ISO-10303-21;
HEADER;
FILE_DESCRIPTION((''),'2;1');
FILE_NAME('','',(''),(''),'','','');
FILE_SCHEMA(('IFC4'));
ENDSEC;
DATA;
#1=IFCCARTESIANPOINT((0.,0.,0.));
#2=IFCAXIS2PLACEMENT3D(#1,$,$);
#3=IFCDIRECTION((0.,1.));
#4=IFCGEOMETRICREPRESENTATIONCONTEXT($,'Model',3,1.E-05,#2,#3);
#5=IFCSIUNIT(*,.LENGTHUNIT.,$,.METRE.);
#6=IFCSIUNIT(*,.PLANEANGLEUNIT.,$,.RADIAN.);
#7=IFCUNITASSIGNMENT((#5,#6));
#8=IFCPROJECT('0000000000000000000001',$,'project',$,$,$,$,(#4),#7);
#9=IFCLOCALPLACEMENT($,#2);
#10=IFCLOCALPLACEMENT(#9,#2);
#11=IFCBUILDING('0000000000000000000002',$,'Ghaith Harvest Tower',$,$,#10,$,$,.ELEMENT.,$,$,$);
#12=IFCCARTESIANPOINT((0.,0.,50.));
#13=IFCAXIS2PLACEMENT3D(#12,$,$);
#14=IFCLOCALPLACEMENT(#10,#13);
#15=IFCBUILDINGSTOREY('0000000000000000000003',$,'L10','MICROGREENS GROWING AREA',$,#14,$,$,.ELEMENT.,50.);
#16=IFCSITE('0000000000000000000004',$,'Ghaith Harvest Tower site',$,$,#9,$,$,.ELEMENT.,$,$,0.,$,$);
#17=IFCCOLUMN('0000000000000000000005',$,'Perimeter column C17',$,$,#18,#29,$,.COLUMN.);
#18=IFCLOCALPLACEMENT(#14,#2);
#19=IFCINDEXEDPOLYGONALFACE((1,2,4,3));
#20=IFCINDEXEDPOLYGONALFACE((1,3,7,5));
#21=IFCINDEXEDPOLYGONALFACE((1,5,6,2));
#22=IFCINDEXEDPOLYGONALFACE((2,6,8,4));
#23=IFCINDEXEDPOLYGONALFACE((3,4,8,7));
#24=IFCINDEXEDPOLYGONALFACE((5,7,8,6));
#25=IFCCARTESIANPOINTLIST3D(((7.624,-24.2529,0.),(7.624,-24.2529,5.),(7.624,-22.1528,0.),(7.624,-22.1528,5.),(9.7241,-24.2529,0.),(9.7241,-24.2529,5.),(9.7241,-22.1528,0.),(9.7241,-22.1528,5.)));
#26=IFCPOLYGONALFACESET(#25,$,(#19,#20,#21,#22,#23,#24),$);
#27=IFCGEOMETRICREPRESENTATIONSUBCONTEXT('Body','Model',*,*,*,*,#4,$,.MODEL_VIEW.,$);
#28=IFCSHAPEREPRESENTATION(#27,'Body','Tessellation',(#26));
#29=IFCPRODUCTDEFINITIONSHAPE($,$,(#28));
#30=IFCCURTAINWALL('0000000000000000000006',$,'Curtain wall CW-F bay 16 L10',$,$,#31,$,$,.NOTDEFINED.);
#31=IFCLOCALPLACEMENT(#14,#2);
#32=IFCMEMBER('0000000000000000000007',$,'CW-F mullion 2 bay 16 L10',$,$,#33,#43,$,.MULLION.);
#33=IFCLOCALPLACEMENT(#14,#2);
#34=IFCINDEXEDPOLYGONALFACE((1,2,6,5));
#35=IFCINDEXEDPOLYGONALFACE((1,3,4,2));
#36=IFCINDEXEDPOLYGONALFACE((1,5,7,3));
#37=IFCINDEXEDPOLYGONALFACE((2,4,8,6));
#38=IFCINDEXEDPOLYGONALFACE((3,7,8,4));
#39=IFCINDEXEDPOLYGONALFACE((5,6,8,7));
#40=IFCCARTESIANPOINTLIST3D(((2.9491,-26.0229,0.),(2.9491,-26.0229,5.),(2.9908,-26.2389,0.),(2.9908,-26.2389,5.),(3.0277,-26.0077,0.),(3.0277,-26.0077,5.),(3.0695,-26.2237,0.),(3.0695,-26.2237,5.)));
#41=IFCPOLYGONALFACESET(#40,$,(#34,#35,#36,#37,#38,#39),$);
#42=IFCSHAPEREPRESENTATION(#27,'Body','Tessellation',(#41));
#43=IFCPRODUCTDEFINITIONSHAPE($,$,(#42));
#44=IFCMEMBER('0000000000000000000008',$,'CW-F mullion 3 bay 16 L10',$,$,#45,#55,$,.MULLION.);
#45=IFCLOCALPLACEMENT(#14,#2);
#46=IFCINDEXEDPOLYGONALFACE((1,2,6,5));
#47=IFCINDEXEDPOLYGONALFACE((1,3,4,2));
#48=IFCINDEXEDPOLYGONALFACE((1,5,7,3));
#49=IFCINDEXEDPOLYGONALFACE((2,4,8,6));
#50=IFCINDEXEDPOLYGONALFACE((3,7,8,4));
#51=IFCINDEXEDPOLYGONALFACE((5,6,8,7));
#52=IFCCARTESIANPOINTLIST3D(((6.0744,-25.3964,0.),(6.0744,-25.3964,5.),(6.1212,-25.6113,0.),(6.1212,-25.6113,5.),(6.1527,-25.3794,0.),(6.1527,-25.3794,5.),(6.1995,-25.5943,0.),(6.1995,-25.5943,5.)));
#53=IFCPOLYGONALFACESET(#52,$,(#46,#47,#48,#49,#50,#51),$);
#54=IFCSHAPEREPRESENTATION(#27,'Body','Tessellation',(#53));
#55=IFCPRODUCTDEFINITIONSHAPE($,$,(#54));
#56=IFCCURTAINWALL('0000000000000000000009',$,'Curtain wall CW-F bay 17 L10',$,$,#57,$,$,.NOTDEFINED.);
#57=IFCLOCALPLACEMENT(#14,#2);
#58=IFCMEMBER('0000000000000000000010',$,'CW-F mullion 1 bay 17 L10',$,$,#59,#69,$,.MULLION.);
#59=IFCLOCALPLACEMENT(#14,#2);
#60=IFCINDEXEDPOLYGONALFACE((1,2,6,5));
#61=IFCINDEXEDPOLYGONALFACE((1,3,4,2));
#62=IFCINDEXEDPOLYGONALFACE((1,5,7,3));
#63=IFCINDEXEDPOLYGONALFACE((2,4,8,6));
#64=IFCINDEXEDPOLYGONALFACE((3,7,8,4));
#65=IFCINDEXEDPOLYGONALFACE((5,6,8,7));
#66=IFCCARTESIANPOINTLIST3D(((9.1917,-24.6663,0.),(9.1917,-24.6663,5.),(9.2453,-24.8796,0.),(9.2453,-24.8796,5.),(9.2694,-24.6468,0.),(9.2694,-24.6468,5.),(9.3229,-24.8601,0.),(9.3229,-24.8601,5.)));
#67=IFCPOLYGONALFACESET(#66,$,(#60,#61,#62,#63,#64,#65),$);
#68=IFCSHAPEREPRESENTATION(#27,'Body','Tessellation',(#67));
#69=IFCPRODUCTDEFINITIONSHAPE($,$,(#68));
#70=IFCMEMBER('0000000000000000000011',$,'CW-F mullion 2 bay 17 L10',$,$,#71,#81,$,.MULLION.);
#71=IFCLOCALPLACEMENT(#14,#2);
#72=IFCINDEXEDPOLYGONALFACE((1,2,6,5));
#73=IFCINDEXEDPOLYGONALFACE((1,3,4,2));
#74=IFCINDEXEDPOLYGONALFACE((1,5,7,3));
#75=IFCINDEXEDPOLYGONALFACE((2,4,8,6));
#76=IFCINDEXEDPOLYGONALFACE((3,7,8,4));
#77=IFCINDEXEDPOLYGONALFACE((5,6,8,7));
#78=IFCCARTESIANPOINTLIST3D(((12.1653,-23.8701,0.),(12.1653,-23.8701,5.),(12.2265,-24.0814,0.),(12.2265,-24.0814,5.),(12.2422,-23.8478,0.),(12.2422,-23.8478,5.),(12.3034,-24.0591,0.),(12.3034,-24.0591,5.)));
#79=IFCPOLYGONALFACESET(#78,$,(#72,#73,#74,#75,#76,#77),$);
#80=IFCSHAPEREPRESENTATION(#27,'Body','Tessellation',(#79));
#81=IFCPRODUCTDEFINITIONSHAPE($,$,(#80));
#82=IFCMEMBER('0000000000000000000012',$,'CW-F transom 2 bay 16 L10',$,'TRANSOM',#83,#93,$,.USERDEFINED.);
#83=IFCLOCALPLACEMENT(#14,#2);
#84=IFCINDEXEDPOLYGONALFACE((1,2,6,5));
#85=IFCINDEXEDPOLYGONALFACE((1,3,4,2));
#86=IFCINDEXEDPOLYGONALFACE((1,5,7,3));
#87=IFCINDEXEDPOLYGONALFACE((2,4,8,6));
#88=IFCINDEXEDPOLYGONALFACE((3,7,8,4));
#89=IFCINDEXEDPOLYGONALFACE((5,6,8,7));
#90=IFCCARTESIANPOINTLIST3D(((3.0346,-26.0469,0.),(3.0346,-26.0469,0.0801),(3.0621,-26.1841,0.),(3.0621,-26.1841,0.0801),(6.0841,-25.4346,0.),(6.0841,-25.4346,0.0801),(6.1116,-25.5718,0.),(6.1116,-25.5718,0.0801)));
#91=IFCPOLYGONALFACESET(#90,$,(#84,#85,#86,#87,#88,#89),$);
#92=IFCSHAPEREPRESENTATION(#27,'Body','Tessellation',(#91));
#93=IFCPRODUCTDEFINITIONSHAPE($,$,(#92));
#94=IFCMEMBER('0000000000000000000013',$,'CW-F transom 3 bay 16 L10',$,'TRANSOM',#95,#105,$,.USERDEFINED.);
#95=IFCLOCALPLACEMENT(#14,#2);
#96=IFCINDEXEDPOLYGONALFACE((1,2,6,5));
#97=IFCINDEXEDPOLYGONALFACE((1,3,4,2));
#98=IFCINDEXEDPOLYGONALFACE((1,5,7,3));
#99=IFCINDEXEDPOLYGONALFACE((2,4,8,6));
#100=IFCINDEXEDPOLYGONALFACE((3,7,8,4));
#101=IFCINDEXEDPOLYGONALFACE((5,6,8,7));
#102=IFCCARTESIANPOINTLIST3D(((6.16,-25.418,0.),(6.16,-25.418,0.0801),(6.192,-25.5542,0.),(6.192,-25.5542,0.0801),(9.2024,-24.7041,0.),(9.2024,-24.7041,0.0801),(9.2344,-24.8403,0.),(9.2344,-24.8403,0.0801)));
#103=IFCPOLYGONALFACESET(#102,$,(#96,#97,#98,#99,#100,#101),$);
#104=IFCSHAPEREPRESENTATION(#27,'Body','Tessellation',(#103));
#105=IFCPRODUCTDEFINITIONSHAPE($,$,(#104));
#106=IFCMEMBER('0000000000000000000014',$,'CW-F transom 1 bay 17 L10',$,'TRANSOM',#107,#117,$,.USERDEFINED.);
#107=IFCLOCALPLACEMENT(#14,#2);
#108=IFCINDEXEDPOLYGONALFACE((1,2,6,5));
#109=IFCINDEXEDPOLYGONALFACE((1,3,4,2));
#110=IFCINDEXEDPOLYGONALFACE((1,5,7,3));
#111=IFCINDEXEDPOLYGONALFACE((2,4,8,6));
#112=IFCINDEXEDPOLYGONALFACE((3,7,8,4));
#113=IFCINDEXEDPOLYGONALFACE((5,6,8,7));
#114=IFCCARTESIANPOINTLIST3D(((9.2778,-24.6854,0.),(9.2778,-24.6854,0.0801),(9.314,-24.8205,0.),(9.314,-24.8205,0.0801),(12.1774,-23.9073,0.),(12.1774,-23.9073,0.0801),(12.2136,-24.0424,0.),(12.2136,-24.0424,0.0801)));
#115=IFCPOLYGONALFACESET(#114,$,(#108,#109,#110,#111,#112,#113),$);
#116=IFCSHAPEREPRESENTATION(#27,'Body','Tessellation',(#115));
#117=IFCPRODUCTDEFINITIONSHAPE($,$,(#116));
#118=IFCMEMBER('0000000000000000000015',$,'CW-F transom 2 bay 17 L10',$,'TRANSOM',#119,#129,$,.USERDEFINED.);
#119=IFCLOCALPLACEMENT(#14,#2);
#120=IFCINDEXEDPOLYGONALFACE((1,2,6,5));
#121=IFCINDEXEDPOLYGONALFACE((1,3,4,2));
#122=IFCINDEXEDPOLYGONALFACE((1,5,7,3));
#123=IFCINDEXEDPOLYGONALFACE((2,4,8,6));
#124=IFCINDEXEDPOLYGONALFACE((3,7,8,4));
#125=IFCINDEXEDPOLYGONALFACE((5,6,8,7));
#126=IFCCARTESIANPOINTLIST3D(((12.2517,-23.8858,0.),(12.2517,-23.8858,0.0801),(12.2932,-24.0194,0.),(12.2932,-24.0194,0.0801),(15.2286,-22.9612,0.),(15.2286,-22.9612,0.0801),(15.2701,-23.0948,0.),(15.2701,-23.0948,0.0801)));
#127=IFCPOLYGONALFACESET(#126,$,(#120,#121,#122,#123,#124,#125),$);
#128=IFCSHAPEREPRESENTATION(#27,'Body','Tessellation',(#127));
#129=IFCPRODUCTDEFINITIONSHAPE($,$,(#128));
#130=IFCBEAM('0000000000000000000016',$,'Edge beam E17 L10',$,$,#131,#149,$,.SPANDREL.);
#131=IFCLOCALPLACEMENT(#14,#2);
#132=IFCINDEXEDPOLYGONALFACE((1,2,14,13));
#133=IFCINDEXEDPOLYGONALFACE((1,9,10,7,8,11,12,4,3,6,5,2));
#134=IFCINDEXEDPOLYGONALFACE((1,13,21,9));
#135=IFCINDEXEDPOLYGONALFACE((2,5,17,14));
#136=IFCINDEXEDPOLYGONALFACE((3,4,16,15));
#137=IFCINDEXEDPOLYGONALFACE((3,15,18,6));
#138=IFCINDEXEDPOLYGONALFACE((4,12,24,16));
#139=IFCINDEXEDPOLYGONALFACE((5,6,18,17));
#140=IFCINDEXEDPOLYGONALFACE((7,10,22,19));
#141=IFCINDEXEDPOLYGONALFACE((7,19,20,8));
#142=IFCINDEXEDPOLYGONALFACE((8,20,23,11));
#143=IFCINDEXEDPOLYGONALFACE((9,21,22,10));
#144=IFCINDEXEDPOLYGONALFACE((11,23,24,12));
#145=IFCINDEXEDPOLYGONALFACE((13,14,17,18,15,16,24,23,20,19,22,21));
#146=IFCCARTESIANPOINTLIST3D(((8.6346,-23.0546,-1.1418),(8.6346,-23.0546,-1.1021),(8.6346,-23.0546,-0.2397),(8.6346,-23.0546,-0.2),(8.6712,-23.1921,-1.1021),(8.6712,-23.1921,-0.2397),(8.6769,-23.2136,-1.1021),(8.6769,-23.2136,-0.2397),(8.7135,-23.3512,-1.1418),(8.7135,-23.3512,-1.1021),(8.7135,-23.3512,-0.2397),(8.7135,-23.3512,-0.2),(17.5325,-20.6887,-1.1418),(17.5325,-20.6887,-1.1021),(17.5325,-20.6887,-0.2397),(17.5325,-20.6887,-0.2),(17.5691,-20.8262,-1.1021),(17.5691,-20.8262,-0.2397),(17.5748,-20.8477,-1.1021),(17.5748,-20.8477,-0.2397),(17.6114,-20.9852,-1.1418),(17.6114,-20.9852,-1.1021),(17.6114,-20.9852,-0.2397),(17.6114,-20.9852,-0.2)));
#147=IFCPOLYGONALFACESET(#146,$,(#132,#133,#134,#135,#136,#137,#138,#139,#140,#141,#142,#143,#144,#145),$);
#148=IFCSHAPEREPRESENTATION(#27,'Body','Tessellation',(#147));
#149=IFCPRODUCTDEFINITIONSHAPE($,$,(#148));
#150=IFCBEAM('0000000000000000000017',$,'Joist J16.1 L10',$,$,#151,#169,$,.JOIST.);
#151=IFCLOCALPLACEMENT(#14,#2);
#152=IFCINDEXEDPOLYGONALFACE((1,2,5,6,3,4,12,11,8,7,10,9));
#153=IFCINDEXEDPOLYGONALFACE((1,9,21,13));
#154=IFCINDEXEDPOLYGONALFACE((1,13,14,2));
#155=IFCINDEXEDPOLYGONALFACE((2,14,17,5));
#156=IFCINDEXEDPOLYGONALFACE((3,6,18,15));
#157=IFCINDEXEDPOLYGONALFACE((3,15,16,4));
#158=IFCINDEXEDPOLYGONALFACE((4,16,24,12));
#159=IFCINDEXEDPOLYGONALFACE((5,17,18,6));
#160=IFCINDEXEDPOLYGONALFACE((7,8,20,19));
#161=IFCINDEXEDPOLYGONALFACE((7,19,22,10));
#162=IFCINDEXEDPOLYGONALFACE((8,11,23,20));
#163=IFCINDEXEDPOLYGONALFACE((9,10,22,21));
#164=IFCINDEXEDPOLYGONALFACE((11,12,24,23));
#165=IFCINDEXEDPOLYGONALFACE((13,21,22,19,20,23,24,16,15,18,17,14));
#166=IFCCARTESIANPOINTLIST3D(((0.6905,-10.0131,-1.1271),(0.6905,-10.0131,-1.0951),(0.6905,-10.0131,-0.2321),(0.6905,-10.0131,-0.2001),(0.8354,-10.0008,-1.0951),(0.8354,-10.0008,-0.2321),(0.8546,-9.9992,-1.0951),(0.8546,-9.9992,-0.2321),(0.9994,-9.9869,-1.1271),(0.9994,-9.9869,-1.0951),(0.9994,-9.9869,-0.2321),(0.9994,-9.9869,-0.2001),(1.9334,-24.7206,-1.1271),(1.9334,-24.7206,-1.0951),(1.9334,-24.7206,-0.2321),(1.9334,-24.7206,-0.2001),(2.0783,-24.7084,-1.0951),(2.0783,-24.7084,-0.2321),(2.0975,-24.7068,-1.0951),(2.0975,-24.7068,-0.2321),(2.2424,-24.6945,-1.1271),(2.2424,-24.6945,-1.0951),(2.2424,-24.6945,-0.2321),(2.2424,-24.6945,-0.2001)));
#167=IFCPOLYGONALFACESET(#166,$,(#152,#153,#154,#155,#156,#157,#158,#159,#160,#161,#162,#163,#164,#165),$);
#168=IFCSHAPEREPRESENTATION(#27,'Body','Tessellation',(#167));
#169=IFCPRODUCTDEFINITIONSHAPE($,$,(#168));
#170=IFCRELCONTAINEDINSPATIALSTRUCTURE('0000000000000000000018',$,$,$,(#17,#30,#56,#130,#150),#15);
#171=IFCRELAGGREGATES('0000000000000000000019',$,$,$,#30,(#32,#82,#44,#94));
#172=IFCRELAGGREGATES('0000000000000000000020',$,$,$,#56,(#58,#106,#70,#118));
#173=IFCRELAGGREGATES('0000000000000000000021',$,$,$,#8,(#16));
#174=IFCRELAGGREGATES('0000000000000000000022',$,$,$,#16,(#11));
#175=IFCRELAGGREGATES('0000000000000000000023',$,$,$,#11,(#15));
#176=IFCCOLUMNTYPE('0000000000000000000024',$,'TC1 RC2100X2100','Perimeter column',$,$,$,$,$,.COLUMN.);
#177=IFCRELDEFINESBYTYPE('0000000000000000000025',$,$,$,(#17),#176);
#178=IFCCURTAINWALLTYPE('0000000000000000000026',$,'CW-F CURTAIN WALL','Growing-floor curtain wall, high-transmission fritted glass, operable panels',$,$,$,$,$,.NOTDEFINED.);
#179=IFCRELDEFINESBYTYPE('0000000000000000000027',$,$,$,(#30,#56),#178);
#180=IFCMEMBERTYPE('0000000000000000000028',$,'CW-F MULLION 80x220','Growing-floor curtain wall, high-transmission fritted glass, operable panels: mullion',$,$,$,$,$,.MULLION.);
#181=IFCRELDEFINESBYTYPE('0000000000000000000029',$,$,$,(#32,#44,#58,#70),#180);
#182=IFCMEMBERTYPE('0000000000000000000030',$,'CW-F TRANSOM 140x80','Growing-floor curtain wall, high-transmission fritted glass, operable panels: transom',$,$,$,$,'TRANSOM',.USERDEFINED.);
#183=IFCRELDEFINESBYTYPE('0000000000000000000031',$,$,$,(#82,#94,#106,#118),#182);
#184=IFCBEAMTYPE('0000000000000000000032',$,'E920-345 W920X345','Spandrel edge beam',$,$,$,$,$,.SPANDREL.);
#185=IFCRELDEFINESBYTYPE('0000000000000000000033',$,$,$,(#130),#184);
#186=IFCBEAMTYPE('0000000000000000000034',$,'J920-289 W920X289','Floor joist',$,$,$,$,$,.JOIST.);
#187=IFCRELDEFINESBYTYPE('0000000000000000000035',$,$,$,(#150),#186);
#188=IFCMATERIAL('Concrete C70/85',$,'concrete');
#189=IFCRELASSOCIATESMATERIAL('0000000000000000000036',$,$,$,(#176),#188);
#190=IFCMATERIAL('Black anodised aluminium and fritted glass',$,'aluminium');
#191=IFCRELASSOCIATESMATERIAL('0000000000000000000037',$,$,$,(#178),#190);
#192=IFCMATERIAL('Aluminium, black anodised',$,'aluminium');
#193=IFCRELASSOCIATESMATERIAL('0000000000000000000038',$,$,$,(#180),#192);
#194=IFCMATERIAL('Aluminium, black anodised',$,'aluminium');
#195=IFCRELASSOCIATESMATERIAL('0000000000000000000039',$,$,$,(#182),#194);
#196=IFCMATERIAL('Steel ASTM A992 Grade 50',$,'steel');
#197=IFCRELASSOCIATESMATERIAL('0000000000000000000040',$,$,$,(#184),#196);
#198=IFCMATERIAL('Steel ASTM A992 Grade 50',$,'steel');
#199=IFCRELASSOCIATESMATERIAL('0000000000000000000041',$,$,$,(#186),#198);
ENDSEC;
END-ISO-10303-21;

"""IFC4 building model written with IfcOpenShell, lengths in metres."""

from ifc_helpers import new_model, si_unit, direction, frame, origin, origin_2d, place, context, subcontext, project, spatial, rectangle, i_section, extrude, material, material_profile, profile_set, type_object, element, aggregate, save


model = new_model("IFC4")

# Units and contexts
model_context = context("Model", 3, precision=1e-05, world=origin(), true_north=direction((0.0, 1.0)))
body_context = subcontext(model_context, "Body", "Model", "MODEL_VIEW")
ifc_project = project(units=[si_unit("LENGTHUNIT", "METRE"), si_unit("PLANEANGLEUNIT", "RADIAN")], contexts=[model_context])

# Site, building, storey
site_placement = place(None, origin())
site = spatial("IfcSite", under=ifc_project, at=site_placement, Name="Ghaith Harvest Tower site", CompositionType="ELEMENT", RefElevation=0.0)
building_placement = place(site_placement, origin())
building = spatial("IfcBuilding", under=site, at=building_placement, Name="Ghaith Harvest Tower", CompositionType="ELEMENT")
storey_placement = place(building_placement, frame((0.0, 0.0, 50.0)))
storey = spatial("IfcBuildingStorey", under=building, at=storey_placement, Name="L10", Description="MICROGREENS GROWING AREA", CompositionType="ELEMENT", Elevation=50.0)

# Column
ifc_material_1 = material(Name="Concrete C70/85", Category="concrete")
ifc_material_profile_1 = material_profile(ifc_material_1, rectangle(XDim=2.1001, YDim=2.1001, at=origin_2d()), Name="RC2100X2100")
ifc_profile_set_1 = profile_set([ifc_material_profile_1], Name="Concrete C70/85")
column_type = type_object("IfcColumnType", Name="TC1 RC2100X2100", Description="Perimeter column", PredefinedType="COLUMN", material=ifc_profile_set_1)
column_placement = place(storey_placement, frame((8.6741, -23.2029, 0.0), z_axis=(0.0, 0.0, 1.0), x_axis=(1.0, 0.0, 0.0)))
element("IfcColumn", 1, at=column_placement, inside=storey, type_object=column_type, Name="Perimeter column C17", PredefinedType="COLUMN", context=body_context, shape_type="SweptSolid", body=[
    extrude(rectangle(XDim=2.1001, YDim=2.1001, at=origin_2d()), origin(), (0.0, 0.0, 1.0), 5.0),
])

# Curtain walls, members
ifc_material_2 = material(Name="Black anodised aluminium and fritted glass", Category="aluminium")
curtain_wall_type = type_object("IfcCurtainWallType", Name="CW-F CURTAIN WALL", Description="Growing-floor curtain wall, high-transmission fritted glass, operable panels", PredefinedType="NOTDEFINED", material=ifc_material_2)
curtain_wall_1_placement = place(storey_placement, origin())
curtain_wall_1 = element("IfcCurtainWall", 2, at=curtain_wall_1_placement, inside=storey, type_object=curtain_wall_type, Name="Curtain wall CW-F bay 16 L10", PredefinedType="NOTDEFINED")
ifc_material_3 = material(Name="Aluminium, black anodised", Category="aluminium")
ifc_material_profile_2 = material_profile(ifc_material_3, rectangle(XDim=0.0801, YDim=0.22, at=origin_2d()), Name="CW-F MULLION 80x220")
ifc_profile_set_2 = profile_set([ifc_material_profile_2], Name="Aluminium, black anodised")
member_type_1 = type_object("IfcMemberType", Name="CW-F MULLION 80x220", Description="Growing-floor curtain wall, high-transmission fritted glass, operable panels: mullion", PredefinedType="MULLION", material=ifc_profile_set_2)
member_1_placement = place(storey_placement, frame((3.0093, -26.1233, 0.0), z_axis=(0.0, 0.0, 1.0), x_axis=(0.981818, 0.189822, 0.0)))
member_1 = element("IfcMember", 3, at=member_1_placement, type_object=member_type_1, Name="CW-F mullion 2 bay 16 L10", PredefinedType="MULLION", context=body_context, shape_type="SweptSolid", body=[
    extrude(rectangle(XDim=0.0801, YDim=0.22, at=origin_2d()), origin(), (0.0, 0.0, 1.0), 5.0),
])
member_2_placement = place(storey_placement, frame((6.137, -25.4954, 0.0), z_axis=(0.0, 0.0, 1.0), x_axis=(0.977118, 0.212698, 0.0)))
member_2 = element("IfcMember", 4, at=member_2_placement, type_object=member_type_1, Name="CW-F mullion 3 bay 16 L10", PredefinedType="MULLION", context=body_context, shape_type="SweptSolid", body=[
    extrude(rectangle(XDim=0.0801, YDim=0.22, at=origin_2d()), origin(), (0.0, 0.0, 1.0), 5.0),
])
curtain_wall_2_placement = place(storey_placement, origin())
curtain_wall_2 = element("IfcCurtainWall", 5, at=curtain_wall_2_placement, inside=storey, type_object=curtain_wall_type, Name="Curtain wall CW-F bay 17 L10", PredefinedType="NOTDEFINED")
member_3_placement = place(storey_placement, frame((9.2573, -24.7632, 0.0), z_axis=(0.0, 0.0, 1.0), x_axis=(0.969903, 0.24349, 0.0)))
member_3 = element("IfcMember", 6, at=member_3_placement, type_object=member_type_1, Name="CW-F mullion 1 bay 17 L10", PredefinedType="MULLION", context=body_context, shape_type="SweptSolid", body=[
    extrude(rectangle(XDim=0.0801, YDim=0.22, at=origin_2d()), origin(), (0.0, 0.0, 1.0), 5.0),
])
member_4_placement = place(storey_placement, frame((12.2344, -23.9646, 0.0), z_axis=(0.0, 0.0, 1.0), x_axis=(0.960502, 0.278272, 0.0)))
member_4 = element("IfcMember", 7, at=member_4_placement, type_object=member_type_1, Name="CW-F mullion 2 bay 17 L10", PredefinedType="MULLION", context=body_context, shape_type="SweptSolid", body=[
    extrude(rectangle(XDim=0.0801, YDim=0.22, at=origin_2d()), origin(), (0.0, 0.0, 1.0), 5.0),
])

# Members
ifc_material_4 = material(Name="Aluminium, black anodised", Category="aluminium")
ifc_material_profile_3 = material_profile(ifc_material_4, rectangle(XDim=0.1399, YDim=0.0801, at=origin_2d()), Name="CW-F TRANSOM 140x80")
ifc_profile_set_3 = profile_set([ifc_material_profile_3], Name="Aluminium, black anodised")
member_type_2 = type_object("IfcMemberType", Name="CW-F TRANSOM 140x80", Description="Growing-floor curtain wall, high-transmission fritted glass, operable panels: transom", ElementType="TRANSOM", PredefinedType="USERDEFINED", material=ifc_profile_set_3)
member_5_placement = place(storey_placement, frame((3.0483, -26.1155, 0.04), z_axis=(0.980432, 0.196856, 0.0), x_axis=(-0.196856, 0.980432, 0.0)))
member_5 = element("IfcMember", 8, at=member_5_placement, type_object=member_type_2, Name="CW-F transom 2 bay 16 L10", ObjectType="TRANSOM", PredefinedType="USERDEFINED", context=body_context, shape_type="SweptSolid", body=[
    extrude(rectangle(XDim=0.1399, YDim=0.0801, at=origin_2d()), origin(), (0.0, 0.0, 1.0), 3.1104),
])
member_6_placement = place(storey_placement, frame((6.176, -25.4861, 0.04), z_axis=(0.97356, 0.22843, 0.0), x_axis=(-0.22843, 0.97356, 0.0)))
member_6 = element("IfcMember", 9, at=member_6_placement, type_object=member_type_2, Name="CW-F transom 3 bay 16 L10", ObjectType="TRANSOM", PredefinedType="USERDEFINED", context=body_context, shape_type="SweptSolid", body=[
    extrude(rectangle(XDim=0.1399, YDim=0.0801, at=origin_2d()), origin(), (0.0, 0.0, 1.0), 3.125),
])
member_7_placement = place(storey_placement, frame((9.2959, -24.7529, 0.04), z_axis=(0.965833, 0.259166, 0.0), x_axis=(-0.259166, 0.965833, 0.0)))
member_7 = element("IfcMember", 10, at=member_7_placement, type_object=member_type_2, Name="CW-F transom 1 bay 17 L10", ObjectType="TRANSOM", PredefinedType="USERDEFINED", context=body_context, shape_type="SweptSolid", body=[
    extrude(rectangle(XDim=0.1399, YDim=0.0801, at=origin_2d()), origin(), (0.0, 0.0, 1.0), 3.0022),
])
member_8_placement = place(storey_placement, frame((12.2725, -23.9526, 0.04), z_axis=(0.954998, 0.296611, 0.0), x_axis=(-0.296611, 0.954998, 0.0)))
member_8 = element("IfcMember", 11, at=member_8_placement, type_object=member_type_2, Name="CW-F transom 2 bay 17 L10", ObjectType="TRANSOM", PredefinedType="USERDEFINED", context=body_context, shape_type="SweptSolid", body=[
    extrude(rectangle(XDim=0.1399, YDim=0.0801, at=origin_2d()), origin(), (0.0, 0.0, 1.0), 3.1172),
])

# Beams
ifc_material_5 = material(Name="Steel ASTM A992 Grade 50", Category="steel")
ifc_material_profile_4 = material_profile(ifc_material_5, i_section(OverallWidth=0.3069, OverallDepth=0.9419, WebThickness=0.0222, FlangeThickness=0.0398, at=origin_2d()), Name="W920X345")
ifc_profile_set_4 = profile_set([ifc_material_profile_4], Name="Steel ASTM A992 Grade 50")
beam_type_1 = type_object("IfcBeamType", Name="E920-345 W920X345", Description="Spandrel edge beam", PredefinedType="SPANDREL", material=ifc_profile_set_4)
beam_1_placement = place(storey_placement, frame((8.6741, -23.2029, -0.6709), z_axis=(0.966419, 0.256971, 0.0), x_axis=(-0.256971, 0.966419, 0.0)))
element("IfcBeam", 12, at=beam_1_placement, inside=storey, type_object=beam_type_1, Name="Edge beam E17 L10", PredefinedType="SPANDREL", context=body_context, shape_type="SweptSolid", body=[
    extrude(i_section(OverallWidth=0.3069, OverallDepth=0.9419, WebThickness=0.0222, FlangeThickness=0.0398, at=origin_2d()), origin(), (0.0, 0.0, 1.0), 9.207),
])
ifc_material_6 = material(Name="Steel ASTM A992 Grade 50", Category="steel")
ifc_material_profile_5 = material_profile(ifc_material_6, i_section(OverallWidth=0.3101, OverallDepth=0.927, WebThickness=0.0193, FlangeThickness=0.032, at=origin_2d()), Name="W920X289")
ifc_profile_set_5 = profile_set([ifc_material_profile_5], Name="Steel ASTM A992 Grade 50")
beam_type_2 = type_object("IfcBeamType", Name="J920-289 W920X289", Description="Floor joist", PredefinedType="JOIST", material=ifc_profile_set_5)
beam_2_placement = place(storey_placement, frame((0.845, -10.0, -0.6636), z_axis=(0.084209, -0.996448, 0.0), x_axis=(0.996448, 0.084209, 0.0)))
element("IfcBeam", 13, at=beam_2_placement, inside=storey, type_object=beam_type_2, Name="Joist J16.1 L10", PredefinedType="JOIST", context=body_context, shape_type="SweptSolid", body=[
    extrude(i_section(OverallWidth=0.3101, OverallDepth=0.927, WebThickness=0.0193, FlangeThickness=0.032, at=origin_2d()), origin(), (0.0, 0.0, 1.0), 14.76),
])

aggregate(curtain_wall_1, [member_1, member_5, member_2, member_6])
aggregate(curtain_wall_2, [member_3, member_7, member_4, member_8])

save(model, "model.ifc")
